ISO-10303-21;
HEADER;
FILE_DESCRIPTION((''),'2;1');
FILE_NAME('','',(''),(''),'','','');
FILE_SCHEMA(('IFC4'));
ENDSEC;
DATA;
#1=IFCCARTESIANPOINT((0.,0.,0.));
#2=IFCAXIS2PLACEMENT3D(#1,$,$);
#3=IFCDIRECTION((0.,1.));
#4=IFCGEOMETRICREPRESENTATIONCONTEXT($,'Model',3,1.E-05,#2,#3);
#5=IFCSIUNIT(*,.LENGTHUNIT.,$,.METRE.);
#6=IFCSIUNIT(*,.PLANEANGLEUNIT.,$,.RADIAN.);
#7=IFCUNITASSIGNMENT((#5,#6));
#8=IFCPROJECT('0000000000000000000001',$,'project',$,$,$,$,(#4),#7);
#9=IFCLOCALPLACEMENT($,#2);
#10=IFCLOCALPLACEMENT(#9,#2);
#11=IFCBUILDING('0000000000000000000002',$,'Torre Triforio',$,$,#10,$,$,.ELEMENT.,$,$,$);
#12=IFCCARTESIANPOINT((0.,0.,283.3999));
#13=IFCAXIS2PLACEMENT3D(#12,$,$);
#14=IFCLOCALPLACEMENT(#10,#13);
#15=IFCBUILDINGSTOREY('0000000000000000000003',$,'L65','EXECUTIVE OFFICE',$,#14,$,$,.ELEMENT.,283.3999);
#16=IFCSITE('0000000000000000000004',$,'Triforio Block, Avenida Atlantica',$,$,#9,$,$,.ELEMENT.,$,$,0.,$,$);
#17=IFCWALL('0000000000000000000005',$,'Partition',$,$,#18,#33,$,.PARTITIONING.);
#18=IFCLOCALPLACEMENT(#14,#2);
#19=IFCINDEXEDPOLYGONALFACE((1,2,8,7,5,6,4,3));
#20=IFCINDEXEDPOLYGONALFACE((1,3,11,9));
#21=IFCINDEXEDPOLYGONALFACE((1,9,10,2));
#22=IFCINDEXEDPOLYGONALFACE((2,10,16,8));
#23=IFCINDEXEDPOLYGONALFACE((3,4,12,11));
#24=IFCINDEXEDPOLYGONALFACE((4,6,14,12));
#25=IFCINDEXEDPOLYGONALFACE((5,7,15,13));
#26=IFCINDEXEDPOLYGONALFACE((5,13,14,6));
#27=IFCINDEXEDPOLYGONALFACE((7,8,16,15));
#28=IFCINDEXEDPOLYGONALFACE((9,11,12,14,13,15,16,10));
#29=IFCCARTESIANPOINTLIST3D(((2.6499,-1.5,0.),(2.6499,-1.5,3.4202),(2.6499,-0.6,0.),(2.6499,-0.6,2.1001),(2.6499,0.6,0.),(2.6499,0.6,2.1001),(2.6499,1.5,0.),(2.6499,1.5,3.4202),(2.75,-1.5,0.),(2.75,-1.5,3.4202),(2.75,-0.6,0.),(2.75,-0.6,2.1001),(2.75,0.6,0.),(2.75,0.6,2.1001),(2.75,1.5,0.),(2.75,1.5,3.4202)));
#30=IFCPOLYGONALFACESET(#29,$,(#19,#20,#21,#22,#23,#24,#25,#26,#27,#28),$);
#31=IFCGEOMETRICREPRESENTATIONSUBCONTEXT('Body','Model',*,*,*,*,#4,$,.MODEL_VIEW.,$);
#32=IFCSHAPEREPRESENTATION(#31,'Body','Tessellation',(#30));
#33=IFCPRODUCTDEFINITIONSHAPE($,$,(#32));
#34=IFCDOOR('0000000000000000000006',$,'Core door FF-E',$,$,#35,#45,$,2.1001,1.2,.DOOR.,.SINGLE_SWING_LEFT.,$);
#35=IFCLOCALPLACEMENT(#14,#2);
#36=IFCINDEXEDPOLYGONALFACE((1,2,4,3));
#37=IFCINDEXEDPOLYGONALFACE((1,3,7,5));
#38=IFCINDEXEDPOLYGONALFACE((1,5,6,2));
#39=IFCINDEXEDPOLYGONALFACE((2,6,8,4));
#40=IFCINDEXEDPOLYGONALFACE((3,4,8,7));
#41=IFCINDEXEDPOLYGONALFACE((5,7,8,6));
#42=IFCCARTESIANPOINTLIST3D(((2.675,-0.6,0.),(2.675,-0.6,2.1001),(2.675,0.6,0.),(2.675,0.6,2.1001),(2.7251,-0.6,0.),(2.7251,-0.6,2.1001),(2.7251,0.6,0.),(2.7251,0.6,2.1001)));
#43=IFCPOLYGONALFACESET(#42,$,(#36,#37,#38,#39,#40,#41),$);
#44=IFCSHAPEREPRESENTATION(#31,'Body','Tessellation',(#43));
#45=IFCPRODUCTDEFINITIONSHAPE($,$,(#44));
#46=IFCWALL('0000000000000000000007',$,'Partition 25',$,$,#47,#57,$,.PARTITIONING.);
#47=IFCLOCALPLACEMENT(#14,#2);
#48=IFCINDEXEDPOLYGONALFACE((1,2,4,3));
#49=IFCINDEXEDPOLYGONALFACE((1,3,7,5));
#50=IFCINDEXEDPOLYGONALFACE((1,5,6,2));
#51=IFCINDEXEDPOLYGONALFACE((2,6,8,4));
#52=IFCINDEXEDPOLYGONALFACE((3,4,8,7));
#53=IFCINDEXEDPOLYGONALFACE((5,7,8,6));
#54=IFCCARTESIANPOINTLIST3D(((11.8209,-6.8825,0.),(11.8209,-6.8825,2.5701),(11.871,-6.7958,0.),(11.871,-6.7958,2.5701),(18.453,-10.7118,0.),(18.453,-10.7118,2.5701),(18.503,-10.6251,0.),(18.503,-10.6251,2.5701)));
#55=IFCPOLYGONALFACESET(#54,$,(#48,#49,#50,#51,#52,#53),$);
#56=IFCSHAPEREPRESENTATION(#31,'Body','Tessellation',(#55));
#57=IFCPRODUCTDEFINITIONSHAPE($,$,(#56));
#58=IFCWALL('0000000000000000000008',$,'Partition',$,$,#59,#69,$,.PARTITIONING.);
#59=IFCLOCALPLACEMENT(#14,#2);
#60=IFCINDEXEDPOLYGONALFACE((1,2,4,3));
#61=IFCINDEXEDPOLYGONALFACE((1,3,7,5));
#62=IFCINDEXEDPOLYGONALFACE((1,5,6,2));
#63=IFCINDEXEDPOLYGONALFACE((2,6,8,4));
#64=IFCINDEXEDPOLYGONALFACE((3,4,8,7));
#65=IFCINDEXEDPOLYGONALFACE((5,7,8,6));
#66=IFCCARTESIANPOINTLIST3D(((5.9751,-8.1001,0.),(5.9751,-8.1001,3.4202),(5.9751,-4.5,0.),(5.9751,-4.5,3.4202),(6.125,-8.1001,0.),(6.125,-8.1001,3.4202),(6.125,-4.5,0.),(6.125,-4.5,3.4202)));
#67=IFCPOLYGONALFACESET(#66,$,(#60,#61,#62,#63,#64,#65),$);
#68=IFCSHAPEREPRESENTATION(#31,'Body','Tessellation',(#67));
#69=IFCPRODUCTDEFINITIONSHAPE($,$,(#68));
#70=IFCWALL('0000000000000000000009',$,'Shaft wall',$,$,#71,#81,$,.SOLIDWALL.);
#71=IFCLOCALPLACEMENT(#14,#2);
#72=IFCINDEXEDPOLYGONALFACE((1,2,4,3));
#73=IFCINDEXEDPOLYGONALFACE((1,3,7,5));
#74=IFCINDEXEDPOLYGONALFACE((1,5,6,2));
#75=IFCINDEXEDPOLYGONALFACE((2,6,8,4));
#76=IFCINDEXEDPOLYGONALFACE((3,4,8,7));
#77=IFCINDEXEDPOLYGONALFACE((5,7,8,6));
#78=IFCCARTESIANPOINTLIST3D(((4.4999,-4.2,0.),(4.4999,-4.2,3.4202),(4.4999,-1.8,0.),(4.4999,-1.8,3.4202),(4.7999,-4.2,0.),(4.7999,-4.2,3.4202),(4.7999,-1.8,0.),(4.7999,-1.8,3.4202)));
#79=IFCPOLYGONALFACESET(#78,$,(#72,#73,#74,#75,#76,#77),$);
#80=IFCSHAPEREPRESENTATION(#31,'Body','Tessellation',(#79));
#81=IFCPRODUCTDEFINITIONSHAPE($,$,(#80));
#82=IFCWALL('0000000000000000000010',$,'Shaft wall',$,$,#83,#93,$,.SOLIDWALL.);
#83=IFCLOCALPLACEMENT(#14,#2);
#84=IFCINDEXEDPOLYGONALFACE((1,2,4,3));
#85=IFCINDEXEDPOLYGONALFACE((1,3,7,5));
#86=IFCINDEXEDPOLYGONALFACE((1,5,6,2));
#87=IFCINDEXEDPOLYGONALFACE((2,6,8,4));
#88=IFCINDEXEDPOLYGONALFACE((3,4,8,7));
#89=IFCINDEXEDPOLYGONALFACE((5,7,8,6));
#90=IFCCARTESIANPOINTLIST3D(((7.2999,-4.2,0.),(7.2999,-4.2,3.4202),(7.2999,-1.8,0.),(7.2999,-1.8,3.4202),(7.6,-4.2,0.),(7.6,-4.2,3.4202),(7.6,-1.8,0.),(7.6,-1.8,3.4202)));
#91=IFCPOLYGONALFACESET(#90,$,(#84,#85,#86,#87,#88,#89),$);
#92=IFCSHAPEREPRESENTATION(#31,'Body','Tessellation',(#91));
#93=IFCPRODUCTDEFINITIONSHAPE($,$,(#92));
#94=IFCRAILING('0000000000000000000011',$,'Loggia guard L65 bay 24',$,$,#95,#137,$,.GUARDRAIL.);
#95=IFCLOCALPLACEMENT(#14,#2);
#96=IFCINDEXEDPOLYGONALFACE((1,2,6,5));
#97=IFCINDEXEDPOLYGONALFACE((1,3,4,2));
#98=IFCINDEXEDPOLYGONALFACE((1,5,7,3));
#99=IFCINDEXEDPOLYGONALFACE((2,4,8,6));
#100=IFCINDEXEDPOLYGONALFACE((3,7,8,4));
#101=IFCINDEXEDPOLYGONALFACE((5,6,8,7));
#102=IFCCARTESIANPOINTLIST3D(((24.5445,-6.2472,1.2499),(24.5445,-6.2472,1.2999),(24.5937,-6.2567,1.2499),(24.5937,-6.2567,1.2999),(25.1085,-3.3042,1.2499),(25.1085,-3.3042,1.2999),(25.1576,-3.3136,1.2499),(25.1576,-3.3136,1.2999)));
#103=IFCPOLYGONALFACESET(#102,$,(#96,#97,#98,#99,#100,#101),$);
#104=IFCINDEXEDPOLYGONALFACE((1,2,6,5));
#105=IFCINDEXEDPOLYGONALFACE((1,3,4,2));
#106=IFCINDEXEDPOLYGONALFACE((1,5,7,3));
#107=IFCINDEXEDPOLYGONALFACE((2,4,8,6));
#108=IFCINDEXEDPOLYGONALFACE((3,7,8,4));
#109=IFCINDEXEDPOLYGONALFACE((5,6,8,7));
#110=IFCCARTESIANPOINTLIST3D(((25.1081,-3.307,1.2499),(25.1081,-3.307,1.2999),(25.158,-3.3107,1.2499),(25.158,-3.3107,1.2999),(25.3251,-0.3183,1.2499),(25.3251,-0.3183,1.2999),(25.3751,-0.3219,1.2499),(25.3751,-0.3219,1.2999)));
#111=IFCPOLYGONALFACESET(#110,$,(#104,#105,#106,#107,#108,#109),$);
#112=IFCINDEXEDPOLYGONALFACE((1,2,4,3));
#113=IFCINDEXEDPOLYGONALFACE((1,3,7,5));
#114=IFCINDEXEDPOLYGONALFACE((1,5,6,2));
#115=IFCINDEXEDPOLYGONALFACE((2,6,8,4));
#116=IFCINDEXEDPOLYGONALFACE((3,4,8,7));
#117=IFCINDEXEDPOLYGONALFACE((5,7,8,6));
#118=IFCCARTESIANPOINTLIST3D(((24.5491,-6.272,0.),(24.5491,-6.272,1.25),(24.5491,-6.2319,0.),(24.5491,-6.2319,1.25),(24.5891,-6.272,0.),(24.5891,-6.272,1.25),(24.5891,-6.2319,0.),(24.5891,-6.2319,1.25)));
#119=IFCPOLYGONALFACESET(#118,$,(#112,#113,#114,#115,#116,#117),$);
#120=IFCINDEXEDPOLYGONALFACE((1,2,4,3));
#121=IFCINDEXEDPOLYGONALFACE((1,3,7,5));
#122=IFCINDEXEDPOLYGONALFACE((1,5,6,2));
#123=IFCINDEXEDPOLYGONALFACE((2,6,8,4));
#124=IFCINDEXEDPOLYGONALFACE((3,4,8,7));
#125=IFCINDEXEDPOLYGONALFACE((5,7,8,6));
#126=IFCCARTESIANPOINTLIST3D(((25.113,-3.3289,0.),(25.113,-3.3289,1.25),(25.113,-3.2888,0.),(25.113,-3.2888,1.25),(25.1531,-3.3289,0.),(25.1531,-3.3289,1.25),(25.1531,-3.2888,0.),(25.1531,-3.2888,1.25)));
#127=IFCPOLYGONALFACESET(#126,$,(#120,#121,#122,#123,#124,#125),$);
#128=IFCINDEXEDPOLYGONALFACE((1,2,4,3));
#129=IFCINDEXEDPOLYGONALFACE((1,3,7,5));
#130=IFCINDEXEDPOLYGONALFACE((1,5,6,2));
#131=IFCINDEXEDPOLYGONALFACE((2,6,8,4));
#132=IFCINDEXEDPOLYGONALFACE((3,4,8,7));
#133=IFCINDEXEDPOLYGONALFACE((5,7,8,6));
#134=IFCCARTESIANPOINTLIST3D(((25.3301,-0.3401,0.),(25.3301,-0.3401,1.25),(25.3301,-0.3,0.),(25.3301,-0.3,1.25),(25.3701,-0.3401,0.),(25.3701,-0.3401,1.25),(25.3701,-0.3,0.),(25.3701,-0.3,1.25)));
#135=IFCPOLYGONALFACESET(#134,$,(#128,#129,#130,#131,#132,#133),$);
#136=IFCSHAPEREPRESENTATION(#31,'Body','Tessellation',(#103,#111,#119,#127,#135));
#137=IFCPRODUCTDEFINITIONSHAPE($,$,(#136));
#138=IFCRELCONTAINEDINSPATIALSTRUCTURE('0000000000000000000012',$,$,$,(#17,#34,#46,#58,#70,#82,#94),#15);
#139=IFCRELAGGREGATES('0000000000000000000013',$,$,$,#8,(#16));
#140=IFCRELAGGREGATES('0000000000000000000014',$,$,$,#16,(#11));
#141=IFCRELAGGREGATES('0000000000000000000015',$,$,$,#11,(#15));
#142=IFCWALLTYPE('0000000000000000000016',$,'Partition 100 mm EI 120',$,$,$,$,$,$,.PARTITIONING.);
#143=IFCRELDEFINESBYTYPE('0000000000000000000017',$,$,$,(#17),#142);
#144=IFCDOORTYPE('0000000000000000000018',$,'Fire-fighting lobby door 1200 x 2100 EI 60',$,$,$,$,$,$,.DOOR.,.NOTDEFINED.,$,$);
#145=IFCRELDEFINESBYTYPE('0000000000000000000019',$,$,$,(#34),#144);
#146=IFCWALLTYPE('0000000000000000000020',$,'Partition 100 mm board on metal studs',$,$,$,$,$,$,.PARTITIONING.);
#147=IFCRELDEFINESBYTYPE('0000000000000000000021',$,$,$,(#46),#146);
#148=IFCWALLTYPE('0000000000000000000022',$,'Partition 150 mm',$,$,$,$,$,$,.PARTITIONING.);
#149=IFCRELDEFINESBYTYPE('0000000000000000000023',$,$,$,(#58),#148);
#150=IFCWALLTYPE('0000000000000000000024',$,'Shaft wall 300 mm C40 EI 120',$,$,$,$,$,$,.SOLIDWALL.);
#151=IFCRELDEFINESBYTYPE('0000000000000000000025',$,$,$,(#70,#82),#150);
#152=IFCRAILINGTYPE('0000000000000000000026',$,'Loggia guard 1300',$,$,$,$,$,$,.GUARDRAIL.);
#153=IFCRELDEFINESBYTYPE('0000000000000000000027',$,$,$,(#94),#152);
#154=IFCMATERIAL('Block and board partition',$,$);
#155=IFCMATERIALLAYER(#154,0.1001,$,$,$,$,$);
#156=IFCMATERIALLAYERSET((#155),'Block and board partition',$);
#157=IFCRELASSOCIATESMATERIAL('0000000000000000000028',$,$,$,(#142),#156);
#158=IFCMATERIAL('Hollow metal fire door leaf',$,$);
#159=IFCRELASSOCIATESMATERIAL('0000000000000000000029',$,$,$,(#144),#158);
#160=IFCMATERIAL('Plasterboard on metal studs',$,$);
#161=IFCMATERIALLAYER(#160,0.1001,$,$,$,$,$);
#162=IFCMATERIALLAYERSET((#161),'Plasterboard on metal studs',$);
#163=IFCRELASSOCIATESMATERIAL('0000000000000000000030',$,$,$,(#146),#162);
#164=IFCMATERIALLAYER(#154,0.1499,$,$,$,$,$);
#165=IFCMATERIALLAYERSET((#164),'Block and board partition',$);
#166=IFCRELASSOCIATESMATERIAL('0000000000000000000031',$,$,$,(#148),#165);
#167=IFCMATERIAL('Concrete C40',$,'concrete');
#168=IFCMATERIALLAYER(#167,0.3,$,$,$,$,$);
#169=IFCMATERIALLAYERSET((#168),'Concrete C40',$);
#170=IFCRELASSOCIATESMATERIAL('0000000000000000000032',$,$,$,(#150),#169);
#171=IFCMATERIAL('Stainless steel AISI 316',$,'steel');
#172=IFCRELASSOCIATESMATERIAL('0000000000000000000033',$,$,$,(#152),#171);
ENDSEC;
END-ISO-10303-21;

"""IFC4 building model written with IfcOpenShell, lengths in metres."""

from ifc_helpers import new_model, si_unit, direction, frame, frame_2d, origin, origin_2d, place, context, subcontext, project, spatial, rectangle, extrude, material, layer, layer_set, type_object, element, fill, save


model = new_model("IFC4")

# Units and contexts
model_context = context("Model", 3, precision=1e-05, world=origin(), true_north=direction((0.0, 1.0)))
body_context = subcontext(model_context, "Body", "Model", "MODEL_VIEW")
ifc_project = project(units=[si_unit("LENGTHUNIT", "METRE"), si_unit("PLANEANGLEUNIT", "RADIAN")], contexts=[model_context])

# Site, building, storey
site_placement = place(None, origin())
site = spatial("IfcSite", under=ifc_project, at=site_placement, Name="Triforio Block, Avenida Atlantica", CompositionType="ELEMENT", RefElevation=0.0)
building_placement = place(site_placement, origin())
building = spatial("IfcBuilding", under=site, at=building_placement, Name="Torre Triforio", CompositionType="ELEMENT")
storey_placement = place(building_placement, frame((0.0, 0.0, 283.3999)))
storey = spatial("IfcBuildingStorey", under=building, at=storey_placement, Name="L65", Description="EXECUTIVE OFFICE", CompositionType="ELEMENT", Elevation=283.3999)

# Shared definitions
ifc_material_1 = material(Name="Concrete C40", Category="concrete")

# Wall, opening, door
ifc_material_2 = material(Name="Hollow metal fire door leaf")
ifc_material_3 = material(Name="Plasterboard on metal studs")
ifc_material_4 = material(Name="Block and board partition")
ifc_layer_1 = layer(ifc_material_4, 0.1001)
ifc_layer_set_1 = layer_set([ifc_layer_1], Name="Block and board partition")
wall_type_1 = type_object("IfcWallType", Name="Partition 100 mm EI 120", PredefinedType="PARTITIONING", material=ifc_layer_set_1)
wall_1_placement = place(storey_placement, frame((2.7, -1.5, 0.0), z_axis=(0.0, 0.0, 1.0), x_axis=(0.0, 1.0, 0.0)))
wall_1 = element("IfcWall", 1, at=wall_1_placement, inside=storey, type_object=wall_type_1, Name="Partition", PredefinedType="PARTITIONING", context=body_context, shape_type="SweptSolid", body=[
    extrude(rectangle(XDim=3.0, YDim=0.1001, at=frame_2d((1.5, 0.0))), origin(), (0.0, 0.0, 1.0), 3.4202),
])
opening_1_placement = place(wall_1_placement, frame((0.8999, 0.0, 0.0)))
opening_1 = element("IfcOpeningElement", 2, at=opening_1_placement, cuts=wall_1, PredefinedType="OPENING", context=body_context, shape_type="SweptSolid", body=[
    extrude(rectangle(XDim=1.2, YDim=2.1001, at=frame_2d((0.6001, 1.05))), frame((0.0, 0.0601, 0.0), z_axis=(0.0, -1.0, 0.0), x_axis=(1.0, 0.0, 0.0)), (0.0, 0.0, 1.0), 0.1201),
])
door_type_1 = type_object("IfcDoorType", Name="Fire-fighting lobby door 1200 x 2100 EI 60", OperationType="NOTDEFINED", PredefinedType="DOOR", material=ifc_material_2)
door_1_placement = place(opening_1_placement, origin())
door_1 = element("IfcDoor", 3, at=door_1_placement, inside=storey, type_object=door_type_1, Name="Core door FF-E", OperationType="SINGLE_SWING_LEFT", OverallHeight=2.1001, OverallWidth=1.2, PredefinedType="DOOR", context=body_context, shape_type="SweptSolid", body=[
    extrude(rectangle(XDim=1.2, YDim=2.1001, at=frame_2d((0.6001, 1.05))), frame((0.0, 0.0249, 0.0), z_axis=(0.0, -1.0, 0.0), x_axis=(1.0, 0.0, 0.0)), (0.0, 0.0, 1.0), 0.05),
])
fill(opening_1, door_1)

# Walls
ifc_layer_2 = layer(ifc_material_3, 0.1001)
ifc_layer_set_2 = layer_set([ifc_layer_2], Name="Plasterboard on metal studs")
wall_type_2 = type_object("IfcWallType", Name="Partition 100 mm board on metal studs", PredefinedType="PARTITIONING", material=ifc_layer_set_2)
wall_2_placement = place(storey_placement, frame((11.8459, -6.8391, 0.0), z_axis=(0.0, 0.0, 1.0), x_axis=(0.866008, -0.500031, 0.0)))
element("IfcWall", 4, at=wall_2_placement, inside=storey, type_object=wall_type_2, Name="Partition 25", PredefinedType="PARTITIONING", context=body_context, shape_type="SweptSolid", body=[
    extrude(rectangle(XDim=7.6582, YDim=0.1001, at=frame_2d((3.8291, 0.0))), origin(), (0.0, 0.0, 1.0), 2.5701),
])
ifc_layer_3 = layer(ifc_material_4, 0.1499)
ifc_layer_set_3 = layer_set([ifc_layer_3], Name="Block and board partition")
wall_type_3 = type_object("IfcWallType", Name="Partition 150 mm", PredefinedType="PARTITIONING", material=ifc_layer_set_3)
wall_3_placement = place(storey_placement, frame((6.05, -8.1001, 0.0), z_axis=(0.0, 0.0, 1.0), x_axis=(0.0, 1.0, 0.0)))
element("IfcWall", 5, at=wall_3_placement, inside=storey, type_object=wall_type_3, Name="Partition", PredefinedType="PARTITIONING", context=body_context, shape_type="SweptSolid", body=[
    extrude(rectangle(XDim=3.6001, YDim=0.1499, at=frame_2d((1.8, 0.0))), origin(), (0.0, 0.0, 1.0), 3.4202),
])
ifc_layer_4 = layer(ifc_material_1, 0.3)
ifc_layer_set_4 = layer_set([ifc_layer_4], Name="Concrete C40")
wall_type_4 = type_object("IfcWallType", Name="Shaft wall 300 mm C40 EI 120", PredefinedType="SOLIDWALL", material=ifc_layer_set_4)
for number, where, z_axis, x_axis, name in (
    (6, (4.6499, -4.2, 0.0), (0.0, 0.0, 1.0), (0.0, 1.0, 0.0), "Shaft wall"),
    (7, (7.45, -4.2, 0.0), (0.0, 0.0, 1.0), (0.0, 1.0, 0.0), "Shaft wall"),
):
    element("IfcWall", number, at=place(storey_placement, frame(where, z_axis=z_axis, x_axis=x_axis)), inside=storey, type_object=wall_type_4, Name=name, PredefinedType="SOLIDWALL", context=body_context, shape_type="SweptSolid", body=[
        extrude(rectangle(XDim=2.3999, YDim=0.3, at=frame_2d((1.2, 0.0))), origin(), (0.0, 0.0, 1.0), 3.4202),
    ])

# Railing
ifc_material_5 = material(Name="Stainless steel AISI 316", Category="steel")
railing_type = type_object("IfcRailingType", Name="Loggia guard 1300", PredefinedType="GUARDRAIL", material=ifc_material_5)
railing_placement = place(storey_placement, frame((24.5691, -6.252, 0.0)))
element("IfcRailing", 8, at=railing_placement, inside=storey, type_object=railing_type, Name="Loggia guard L65 bay 24", PredefinedType="GUARDRAIL", context=body_context, shape_type="SweptSolid", body=[
    extrude(rectangle(XDim=0.05, YDim=0.05, at=origin_2d()), frame((0.0, 0.0, 1.2749), z_axis=(0.188198, 0.982131, 0.0), x_axis=(-0.982131, 0.188198, 0.0)), (0.0, 0.0, 1.0), 2.9966),
    extrude(rectangle(XDim=0.05, YDim=0.05, at=origin_2d()), frame((0.564, 2.9431, 1.2749), z_axis=(0.072428, 0.997374, 0.0), x_axis=(-0.997374, 0.072428, 0.0)), (0.0, 0.0, 1.0), 2.9966),
    extrude(rectangle(XDim=0.04, YDim=0.04, at=origin_2d()), origin(), (0.0, 0.0, 1.0), 1.25),
    extrude(rectangle(XDim=0.04, YDim=0.04, at=origin_2d()), frame((0.564, 2.9431, 0.0)), (0.0, 0.0, 1.0), 1.25),
    extrude(rectangle(XDim=0.04, YDim=0.04, at=origin_2d()), frame((0.781, 5.9319, 0.0)), (0.0, 0.0, 1.0), 1.25),
])

save(model, "model.ifc")
